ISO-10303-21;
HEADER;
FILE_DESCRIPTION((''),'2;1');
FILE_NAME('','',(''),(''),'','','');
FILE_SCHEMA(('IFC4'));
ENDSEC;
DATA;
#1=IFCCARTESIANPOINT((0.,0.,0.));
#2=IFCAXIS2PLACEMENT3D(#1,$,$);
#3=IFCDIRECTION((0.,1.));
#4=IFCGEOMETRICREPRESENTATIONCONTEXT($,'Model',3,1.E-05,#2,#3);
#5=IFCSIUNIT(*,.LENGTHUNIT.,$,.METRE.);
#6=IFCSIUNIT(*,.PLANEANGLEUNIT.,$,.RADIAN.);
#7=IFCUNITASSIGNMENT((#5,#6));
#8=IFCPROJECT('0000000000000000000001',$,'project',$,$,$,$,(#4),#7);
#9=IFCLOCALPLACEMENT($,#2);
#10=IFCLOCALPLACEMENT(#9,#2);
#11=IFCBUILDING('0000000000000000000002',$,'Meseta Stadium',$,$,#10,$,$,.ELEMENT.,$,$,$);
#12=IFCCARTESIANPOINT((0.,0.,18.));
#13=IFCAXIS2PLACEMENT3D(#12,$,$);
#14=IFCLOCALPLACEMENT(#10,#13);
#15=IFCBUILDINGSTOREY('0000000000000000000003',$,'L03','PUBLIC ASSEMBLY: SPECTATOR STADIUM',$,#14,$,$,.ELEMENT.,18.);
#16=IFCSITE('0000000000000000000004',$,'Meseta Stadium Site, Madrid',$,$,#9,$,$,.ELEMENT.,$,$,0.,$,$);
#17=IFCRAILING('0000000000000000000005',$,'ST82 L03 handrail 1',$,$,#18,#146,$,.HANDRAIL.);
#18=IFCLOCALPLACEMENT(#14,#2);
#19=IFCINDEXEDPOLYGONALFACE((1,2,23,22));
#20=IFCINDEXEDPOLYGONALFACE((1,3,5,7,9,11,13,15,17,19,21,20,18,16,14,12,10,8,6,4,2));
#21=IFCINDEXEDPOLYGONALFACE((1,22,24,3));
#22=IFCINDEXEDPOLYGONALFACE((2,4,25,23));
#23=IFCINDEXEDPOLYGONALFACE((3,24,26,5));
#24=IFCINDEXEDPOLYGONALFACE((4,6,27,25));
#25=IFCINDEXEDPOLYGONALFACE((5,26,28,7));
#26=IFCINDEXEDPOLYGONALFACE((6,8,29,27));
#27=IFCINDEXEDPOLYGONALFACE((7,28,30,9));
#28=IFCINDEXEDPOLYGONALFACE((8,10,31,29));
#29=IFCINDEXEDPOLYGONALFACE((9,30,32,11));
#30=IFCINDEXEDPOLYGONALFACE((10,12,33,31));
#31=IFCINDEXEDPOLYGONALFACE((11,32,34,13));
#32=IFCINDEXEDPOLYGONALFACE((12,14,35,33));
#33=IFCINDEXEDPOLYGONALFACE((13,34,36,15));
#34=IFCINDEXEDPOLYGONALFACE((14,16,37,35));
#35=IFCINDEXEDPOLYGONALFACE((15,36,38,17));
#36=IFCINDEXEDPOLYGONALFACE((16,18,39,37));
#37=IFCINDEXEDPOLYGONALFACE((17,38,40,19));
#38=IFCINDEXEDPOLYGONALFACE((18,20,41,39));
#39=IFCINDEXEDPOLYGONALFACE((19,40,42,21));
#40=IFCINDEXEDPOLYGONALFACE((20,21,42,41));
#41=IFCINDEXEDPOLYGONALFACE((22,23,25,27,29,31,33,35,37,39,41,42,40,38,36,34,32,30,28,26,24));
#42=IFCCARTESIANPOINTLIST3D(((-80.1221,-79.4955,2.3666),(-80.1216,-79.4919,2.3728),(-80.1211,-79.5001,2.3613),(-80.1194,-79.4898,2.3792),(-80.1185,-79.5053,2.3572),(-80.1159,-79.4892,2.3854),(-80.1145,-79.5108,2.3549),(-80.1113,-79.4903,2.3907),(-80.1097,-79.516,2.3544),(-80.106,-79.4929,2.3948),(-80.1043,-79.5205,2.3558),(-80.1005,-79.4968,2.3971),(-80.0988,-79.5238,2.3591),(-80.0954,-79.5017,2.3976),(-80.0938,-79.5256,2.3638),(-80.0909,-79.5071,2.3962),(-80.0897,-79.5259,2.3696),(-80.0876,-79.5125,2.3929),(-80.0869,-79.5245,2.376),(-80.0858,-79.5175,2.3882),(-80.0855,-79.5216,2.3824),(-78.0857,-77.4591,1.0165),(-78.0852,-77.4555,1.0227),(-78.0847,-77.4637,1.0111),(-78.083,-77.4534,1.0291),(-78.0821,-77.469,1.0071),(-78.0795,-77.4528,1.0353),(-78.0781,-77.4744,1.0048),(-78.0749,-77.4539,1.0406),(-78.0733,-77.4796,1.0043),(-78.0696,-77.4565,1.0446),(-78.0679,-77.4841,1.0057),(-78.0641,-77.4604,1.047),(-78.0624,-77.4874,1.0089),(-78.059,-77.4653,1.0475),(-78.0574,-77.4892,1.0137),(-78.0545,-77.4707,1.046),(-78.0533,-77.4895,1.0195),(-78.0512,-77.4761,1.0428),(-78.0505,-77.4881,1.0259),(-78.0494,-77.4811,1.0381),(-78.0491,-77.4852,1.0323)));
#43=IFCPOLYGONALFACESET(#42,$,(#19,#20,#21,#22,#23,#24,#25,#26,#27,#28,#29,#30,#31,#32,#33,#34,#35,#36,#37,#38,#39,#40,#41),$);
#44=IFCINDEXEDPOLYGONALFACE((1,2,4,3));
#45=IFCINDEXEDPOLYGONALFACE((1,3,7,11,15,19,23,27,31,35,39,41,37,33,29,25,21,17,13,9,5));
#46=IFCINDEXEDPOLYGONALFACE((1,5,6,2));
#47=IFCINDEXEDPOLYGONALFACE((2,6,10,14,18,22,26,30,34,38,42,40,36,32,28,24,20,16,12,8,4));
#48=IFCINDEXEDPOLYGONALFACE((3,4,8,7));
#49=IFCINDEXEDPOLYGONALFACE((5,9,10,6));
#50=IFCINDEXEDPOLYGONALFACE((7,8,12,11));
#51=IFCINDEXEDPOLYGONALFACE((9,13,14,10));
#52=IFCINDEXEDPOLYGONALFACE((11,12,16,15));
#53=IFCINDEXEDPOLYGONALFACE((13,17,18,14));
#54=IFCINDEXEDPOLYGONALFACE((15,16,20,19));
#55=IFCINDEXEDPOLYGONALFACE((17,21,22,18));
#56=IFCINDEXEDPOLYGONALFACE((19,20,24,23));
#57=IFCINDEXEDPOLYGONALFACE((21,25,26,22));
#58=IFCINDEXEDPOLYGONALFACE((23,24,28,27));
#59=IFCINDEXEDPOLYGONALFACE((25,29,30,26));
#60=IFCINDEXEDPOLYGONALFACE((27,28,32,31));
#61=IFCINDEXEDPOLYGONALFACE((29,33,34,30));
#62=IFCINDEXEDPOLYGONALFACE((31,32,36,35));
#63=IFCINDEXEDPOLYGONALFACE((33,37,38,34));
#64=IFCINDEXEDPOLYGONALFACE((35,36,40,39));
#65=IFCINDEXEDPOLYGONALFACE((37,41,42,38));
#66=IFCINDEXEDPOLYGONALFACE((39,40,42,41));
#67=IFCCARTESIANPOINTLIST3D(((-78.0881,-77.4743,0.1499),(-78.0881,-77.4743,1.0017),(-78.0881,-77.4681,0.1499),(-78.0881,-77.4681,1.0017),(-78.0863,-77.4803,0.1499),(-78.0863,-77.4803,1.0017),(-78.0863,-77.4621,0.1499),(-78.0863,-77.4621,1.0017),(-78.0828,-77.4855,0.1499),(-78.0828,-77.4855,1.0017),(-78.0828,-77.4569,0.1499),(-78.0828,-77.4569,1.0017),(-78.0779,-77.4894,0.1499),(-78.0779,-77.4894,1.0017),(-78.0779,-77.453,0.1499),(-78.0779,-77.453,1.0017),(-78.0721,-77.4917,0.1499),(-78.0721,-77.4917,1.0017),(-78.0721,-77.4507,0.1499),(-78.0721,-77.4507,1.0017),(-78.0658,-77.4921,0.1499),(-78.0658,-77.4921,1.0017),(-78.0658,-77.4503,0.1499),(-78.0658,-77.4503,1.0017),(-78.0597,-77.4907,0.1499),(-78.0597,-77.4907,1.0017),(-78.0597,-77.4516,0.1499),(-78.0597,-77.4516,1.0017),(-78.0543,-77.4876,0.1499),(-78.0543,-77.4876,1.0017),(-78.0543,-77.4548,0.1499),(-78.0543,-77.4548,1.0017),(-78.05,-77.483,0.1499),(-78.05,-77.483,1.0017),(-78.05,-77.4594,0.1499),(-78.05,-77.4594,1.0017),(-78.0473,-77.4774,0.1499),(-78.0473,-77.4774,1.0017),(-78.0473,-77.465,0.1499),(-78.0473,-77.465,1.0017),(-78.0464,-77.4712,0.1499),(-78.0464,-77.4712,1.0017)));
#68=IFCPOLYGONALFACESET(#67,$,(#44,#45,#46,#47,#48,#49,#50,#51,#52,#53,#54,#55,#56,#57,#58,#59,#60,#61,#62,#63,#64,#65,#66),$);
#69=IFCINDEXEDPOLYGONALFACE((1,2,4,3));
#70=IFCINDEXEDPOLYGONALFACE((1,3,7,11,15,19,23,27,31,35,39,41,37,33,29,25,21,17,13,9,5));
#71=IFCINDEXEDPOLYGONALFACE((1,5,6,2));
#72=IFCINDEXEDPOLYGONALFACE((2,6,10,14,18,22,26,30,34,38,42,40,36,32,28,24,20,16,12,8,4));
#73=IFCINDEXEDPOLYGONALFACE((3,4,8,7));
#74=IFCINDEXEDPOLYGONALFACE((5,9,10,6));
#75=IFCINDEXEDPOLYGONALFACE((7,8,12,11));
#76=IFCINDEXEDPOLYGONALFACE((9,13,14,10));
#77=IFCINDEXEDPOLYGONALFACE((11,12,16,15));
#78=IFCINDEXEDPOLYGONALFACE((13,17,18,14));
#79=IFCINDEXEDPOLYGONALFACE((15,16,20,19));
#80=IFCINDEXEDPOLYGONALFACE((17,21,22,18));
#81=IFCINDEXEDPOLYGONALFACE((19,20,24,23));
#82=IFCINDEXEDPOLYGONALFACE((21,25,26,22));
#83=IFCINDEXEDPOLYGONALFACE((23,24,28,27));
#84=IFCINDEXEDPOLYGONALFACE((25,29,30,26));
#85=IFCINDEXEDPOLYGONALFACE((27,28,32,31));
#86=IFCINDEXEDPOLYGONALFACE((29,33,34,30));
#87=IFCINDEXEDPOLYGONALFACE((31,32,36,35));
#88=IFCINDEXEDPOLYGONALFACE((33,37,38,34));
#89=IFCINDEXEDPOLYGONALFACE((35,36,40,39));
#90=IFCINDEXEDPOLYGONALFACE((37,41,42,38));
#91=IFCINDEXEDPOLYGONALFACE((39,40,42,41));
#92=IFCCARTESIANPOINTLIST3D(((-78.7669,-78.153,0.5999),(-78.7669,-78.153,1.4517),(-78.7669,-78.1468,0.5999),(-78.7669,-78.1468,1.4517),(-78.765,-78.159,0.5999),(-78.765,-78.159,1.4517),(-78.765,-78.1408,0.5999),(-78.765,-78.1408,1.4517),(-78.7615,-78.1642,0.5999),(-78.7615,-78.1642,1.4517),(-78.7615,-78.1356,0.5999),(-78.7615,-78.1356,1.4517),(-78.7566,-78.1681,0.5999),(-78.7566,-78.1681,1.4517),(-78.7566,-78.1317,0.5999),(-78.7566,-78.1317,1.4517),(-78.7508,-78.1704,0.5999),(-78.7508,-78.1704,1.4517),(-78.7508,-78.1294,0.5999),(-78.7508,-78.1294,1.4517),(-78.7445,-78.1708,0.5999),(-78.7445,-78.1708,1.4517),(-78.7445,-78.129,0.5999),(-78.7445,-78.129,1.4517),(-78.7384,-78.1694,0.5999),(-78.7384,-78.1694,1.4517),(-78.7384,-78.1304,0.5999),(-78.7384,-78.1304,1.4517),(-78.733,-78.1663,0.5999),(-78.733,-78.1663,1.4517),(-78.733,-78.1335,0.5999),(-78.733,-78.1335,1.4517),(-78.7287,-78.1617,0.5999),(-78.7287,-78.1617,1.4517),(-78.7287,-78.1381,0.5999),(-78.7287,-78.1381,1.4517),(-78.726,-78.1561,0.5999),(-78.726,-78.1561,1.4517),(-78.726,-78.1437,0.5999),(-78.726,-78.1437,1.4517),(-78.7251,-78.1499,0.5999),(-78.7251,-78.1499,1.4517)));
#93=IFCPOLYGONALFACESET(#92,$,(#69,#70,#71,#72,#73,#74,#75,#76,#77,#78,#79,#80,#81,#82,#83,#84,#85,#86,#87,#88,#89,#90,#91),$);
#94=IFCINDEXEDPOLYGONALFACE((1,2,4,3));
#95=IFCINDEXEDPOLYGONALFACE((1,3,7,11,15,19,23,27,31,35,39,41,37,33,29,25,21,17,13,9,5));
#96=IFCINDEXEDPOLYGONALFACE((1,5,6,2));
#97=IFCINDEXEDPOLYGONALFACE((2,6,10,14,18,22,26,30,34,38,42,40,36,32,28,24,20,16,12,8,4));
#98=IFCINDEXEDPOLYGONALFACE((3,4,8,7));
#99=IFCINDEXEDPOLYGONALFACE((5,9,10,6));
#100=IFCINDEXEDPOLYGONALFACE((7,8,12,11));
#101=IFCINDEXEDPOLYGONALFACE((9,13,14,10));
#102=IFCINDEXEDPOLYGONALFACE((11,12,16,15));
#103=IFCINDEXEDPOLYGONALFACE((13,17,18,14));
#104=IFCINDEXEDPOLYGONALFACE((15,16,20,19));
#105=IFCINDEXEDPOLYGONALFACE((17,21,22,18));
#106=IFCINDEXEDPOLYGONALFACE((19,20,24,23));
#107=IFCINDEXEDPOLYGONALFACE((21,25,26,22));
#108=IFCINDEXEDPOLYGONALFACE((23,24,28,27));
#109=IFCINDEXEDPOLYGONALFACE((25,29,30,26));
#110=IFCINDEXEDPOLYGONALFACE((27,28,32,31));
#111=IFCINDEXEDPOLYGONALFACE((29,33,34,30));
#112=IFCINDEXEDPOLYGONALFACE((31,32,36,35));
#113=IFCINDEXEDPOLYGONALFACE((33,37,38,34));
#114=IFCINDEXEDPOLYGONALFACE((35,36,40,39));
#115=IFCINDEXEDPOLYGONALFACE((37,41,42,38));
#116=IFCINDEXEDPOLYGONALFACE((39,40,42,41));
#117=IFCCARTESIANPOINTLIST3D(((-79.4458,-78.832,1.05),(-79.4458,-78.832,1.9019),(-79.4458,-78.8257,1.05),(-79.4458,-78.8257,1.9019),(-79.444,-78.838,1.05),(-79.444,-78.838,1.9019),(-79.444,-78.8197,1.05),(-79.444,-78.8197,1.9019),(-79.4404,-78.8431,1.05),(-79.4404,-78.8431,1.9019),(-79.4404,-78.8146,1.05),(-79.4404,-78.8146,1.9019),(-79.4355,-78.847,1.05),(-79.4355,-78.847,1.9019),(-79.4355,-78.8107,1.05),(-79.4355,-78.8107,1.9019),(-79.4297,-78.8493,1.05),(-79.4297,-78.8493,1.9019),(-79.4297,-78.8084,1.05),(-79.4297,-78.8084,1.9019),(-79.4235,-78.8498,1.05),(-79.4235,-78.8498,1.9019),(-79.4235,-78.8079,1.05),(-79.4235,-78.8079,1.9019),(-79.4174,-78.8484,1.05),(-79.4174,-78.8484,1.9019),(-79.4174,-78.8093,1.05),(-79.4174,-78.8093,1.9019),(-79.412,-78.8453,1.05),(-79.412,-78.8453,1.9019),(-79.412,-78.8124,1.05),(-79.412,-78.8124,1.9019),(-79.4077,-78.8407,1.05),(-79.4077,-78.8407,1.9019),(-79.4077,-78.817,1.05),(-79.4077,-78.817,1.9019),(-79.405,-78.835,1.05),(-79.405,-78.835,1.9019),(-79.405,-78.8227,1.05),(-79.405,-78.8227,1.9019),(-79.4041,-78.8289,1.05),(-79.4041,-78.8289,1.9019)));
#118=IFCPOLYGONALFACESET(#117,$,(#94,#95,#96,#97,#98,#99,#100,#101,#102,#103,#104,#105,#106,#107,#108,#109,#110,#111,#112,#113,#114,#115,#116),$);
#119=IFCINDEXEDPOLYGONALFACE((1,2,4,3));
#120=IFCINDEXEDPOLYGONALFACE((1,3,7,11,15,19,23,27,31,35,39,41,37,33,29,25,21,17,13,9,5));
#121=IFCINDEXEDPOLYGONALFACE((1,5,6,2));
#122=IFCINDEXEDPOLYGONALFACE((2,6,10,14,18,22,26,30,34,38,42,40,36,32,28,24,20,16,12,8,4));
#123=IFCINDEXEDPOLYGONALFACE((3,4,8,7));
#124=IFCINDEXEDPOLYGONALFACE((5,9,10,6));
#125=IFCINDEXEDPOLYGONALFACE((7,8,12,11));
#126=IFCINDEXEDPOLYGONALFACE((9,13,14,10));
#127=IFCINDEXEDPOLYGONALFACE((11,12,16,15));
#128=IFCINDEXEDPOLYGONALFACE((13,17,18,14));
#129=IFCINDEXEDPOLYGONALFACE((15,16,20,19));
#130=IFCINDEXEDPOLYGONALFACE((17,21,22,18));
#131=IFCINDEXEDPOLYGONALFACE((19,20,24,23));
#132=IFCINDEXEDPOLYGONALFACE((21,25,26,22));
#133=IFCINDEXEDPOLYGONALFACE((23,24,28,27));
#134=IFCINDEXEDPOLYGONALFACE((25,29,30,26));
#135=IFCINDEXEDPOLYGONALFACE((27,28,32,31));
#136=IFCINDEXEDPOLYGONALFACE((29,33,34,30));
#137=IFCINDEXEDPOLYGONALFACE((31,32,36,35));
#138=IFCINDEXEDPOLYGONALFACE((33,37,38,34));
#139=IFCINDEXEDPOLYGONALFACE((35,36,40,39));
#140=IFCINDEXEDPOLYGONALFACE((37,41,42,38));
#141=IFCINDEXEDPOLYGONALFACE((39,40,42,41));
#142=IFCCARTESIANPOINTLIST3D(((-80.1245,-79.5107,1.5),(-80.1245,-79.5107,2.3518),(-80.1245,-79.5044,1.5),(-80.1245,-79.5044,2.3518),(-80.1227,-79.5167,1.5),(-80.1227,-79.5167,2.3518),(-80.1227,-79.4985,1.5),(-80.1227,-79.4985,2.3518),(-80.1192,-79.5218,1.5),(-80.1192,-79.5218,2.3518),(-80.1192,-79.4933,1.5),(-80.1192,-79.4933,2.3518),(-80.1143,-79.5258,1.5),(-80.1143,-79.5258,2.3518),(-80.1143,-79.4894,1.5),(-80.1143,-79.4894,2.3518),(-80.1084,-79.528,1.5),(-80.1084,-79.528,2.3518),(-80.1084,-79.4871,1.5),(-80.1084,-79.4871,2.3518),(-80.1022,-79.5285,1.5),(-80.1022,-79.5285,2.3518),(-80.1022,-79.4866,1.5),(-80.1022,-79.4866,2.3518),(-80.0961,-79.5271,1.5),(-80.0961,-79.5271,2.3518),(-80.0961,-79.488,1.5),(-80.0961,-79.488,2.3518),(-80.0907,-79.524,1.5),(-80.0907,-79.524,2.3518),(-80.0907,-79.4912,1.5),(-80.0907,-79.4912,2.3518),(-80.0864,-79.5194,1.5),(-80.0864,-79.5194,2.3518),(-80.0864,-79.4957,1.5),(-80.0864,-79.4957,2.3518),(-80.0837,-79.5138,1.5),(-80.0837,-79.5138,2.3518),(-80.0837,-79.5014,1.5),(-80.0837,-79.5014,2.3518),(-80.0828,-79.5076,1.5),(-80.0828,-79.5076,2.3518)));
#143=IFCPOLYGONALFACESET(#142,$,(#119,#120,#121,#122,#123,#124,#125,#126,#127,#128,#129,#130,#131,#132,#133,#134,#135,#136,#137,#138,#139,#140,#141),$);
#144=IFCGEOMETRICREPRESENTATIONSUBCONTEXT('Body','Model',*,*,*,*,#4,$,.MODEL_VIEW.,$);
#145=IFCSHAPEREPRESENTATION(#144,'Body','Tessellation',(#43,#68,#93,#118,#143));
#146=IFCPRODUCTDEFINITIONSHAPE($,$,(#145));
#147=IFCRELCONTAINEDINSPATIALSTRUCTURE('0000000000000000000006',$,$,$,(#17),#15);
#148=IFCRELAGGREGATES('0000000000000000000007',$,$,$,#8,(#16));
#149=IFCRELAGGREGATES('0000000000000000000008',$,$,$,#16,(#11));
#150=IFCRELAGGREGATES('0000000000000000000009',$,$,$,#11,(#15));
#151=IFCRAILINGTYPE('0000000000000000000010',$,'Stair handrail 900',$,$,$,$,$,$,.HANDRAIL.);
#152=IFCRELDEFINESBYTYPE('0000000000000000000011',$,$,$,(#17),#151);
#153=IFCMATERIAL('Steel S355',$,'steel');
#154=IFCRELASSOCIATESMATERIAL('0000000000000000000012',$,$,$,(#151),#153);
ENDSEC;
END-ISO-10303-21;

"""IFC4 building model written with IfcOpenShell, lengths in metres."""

from ifc_helpers import new_model, si_unit, direction, frame, origin, origin_2d, place, context, subcontext, project, spatial, circle, extrude, material, type_object, element, save


model = new_model("IFC4")

# Units and contexts
model_context = context("Model", 3, precision=1e-05, world=origin(), true_north=direction((0.0, 1.0)))
body_context = subcontext(model_context, "Body", "Model", "MODEL_VIEW")
ifc_project = project(units=[si_unit("LENGTHUNIT", "METRE"), si_unit("PLANEANGLEUNIT", "RADIAN")], contexts=[model_context])

# Site, building, storey
site_placement = place(None, origin())
site = spatial("IfcSite", under=ifc_project, at=site_placement, Name="Meseta Stadium Site, Madrid", CompositionType="ELEMENT", RefElevation=0.0)
building_placement = place(site_placement, origin())
building = spatial("IfcBuilding", under=site, at=building_placement, Name="Meseta Stadium", CompositionType="ELEMENT")
storey_placement = place(building_placement, frame((0.0, 0.0, 18.0)))
storey = spatial("IfcBuildingStorey", under=building, at=storey_placement, Name="L03", Description="PUBLIC ASSEMBLY: SPECTATOR STADIUM", CompositionType="ELEMENT", Elevation=18.0)

# Railing
ifc_material_1 = material(Name="Steel S355", Category="steel")
railing_type_1 = type_object("IfcRailingType", Name="Stair handrail 900", PredefinedType="HANDRAIL", material=ifc_material_1)
for number, where, name in (
    (1, (-78.0674, -77.4712, 0.1499), "ST82 L03 handrail 1"),
):
    element("IfcRailing", number, at=place(storey_placement, frame(where)), inside=storey, type_object=railing_type_1, Name=name, PredefinedType="HANDRAIL", context=body_context, shape_type="SweptSolid", body=[
        extrude(circle(Radius=0.0239, at=origin_2d()), frame((0.0, 0.0, 0.876), z_axis=(-0.640243, -0.640243, 0.424475), x_axis=(0.707107, -0.707107, 0.0)), (0.0, 0.0, 1.0), 3.1807),
        extrude(circle(Radius=0.021, at=origin_2d()), origin(), (0.0, 0.0, 1.0), 0.8518),
        extrude(circle(Radius=0.021, at=origin_2d()), frame((-0.6787, -0.6787, 0.45)), (0.0, 0.0, 1.0), 0.8518),
        extrude(circle(Radius=0.021, at=origin_2d()), frame((-1.3577, -1.3577, 0.9001)), (0.0, 0.0, 1.0), 0.8518),
        extrude(circle(Radius=0.021, at=origin_2d()), frame((-2.0364, -2.0364, 1.3501)), (0.0, 0.0, 1.0), 0.8518),
    ])

save(model, "model.ifc")
